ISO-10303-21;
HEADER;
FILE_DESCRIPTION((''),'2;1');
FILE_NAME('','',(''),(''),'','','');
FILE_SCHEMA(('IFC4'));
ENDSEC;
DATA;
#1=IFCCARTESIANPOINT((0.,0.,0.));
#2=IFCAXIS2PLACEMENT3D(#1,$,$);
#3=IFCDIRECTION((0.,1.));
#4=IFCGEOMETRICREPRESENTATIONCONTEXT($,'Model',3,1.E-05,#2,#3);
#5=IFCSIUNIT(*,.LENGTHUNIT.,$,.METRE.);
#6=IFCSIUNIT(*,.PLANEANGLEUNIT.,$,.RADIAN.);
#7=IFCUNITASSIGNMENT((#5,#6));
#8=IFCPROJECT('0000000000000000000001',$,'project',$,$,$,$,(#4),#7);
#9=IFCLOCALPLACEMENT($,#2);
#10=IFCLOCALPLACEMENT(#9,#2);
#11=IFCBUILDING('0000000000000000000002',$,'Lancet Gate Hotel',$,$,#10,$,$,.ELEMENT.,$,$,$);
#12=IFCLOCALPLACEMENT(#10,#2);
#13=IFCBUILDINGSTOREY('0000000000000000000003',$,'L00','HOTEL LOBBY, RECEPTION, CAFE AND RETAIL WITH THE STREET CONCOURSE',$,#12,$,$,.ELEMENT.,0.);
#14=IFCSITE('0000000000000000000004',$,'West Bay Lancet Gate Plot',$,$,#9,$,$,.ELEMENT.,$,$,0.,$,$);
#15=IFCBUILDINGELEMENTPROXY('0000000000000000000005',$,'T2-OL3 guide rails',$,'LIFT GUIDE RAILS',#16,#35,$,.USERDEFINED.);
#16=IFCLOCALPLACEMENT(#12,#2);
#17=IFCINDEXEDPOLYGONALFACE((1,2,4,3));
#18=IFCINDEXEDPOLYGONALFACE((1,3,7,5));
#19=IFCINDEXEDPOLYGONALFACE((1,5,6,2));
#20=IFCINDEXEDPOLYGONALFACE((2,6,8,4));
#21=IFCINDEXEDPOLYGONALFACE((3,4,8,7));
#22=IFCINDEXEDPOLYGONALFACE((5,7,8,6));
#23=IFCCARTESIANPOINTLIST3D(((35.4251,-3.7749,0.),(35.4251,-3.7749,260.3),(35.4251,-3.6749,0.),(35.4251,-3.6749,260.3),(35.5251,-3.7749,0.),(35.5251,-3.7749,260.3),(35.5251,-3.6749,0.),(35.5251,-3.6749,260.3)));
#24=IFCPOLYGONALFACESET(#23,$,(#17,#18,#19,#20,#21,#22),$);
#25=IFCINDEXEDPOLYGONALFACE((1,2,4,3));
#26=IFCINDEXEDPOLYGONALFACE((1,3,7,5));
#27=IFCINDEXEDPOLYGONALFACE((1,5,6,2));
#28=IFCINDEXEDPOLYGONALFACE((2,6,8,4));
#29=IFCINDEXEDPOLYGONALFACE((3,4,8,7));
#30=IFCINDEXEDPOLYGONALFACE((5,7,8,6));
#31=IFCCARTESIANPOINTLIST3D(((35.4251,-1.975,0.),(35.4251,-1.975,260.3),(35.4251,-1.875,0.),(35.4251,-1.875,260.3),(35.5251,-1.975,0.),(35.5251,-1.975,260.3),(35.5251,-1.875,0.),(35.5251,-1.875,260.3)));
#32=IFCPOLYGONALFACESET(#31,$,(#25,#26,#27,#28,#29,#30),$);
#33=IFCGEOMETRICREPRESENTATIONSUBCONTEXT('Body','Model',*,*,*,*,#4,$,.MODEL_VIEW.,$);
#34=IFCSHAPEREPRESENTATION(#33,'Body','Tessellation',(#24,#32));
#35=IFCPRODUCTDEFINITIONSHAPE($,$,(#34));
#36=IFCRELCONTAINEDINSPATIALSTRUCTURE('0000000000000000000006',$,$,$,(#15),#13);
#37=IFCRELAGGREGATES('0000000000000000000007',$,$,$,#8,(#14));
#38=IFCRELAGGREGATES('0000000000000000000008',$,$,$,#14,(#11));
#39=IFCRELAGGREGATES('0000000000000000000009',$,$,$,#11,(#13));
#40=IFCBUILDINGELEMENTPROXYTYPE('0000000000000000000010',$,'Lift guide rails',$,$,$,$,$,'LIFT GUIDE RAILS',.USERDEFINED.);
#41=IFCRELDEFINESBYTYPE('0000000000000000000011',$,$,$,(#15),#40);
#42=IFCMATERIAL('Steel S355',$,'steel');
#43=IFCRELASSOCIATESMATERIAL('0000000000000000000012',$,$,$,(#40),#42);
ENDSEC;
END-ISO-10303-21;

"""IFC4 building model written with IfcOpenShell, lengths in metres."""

from ifc_helpers import new_model, si_unit, direction, frame, origin, origin_2d, place, context, subcontext, project, spatial, rectangle, extrude, material, type_object, element, save


model = new_model("IFC4")

# Units and contexts
model_context = context("Model", 3, precision=1e-05, world=origin(), true_north=direction((0.0, 1.0)))
body_context = subcontext(model_context, "Body", "Model", "MODEL_VIEW")
ifc_project = project(units=[si_unit("LENGTHUNIT", "METRE"), si_unit("PLANEANGLEUNIT", "RADIAN")], contexts=[model_context])

# Site, building, storey
site_placement = place(None, origin())
site = spatial("IfcSite", under=ifc_project, at=site_placement, Name="West Bay Lancet Gate Plot", CompositionType="ELEMENT", RefElevation=0.0)
building_placement = place(site_placement, origin())
building = spatial("IfcBuilding", under=site, at=building_placement, Name="Lancet Gate Hotel", CompositionType="ELEMENT")
storey_placement = place(building_placement, origin())
storey = spatial("IfcBuildingStorey", under=building, at=storey_placement, Name="L00", Description="HOTEL LOBBY, RECEPTION, CAFE AND RETAIL WITH THE STREET CONCOURSE", CompositionType="ELEMENT", Elevation=0.0)

# Building element proxy
ifc_material_1 = material(Name="Steel S355", Category="steel")
building_element_proxy_type = type_object("IfcBuildingElementProxyType", Name="Lift guide rails", ElementType="LIFT GUIDE RAILS", PredefinedType="USERDEFINED", material=ifc_material_1)
proxy_placement = place(storey_placement, frame((35.4751, -2.825, 0.0), z_axis=(0.0, 0.0, 1.0), x_axis=(1.0, 0.0, 0.0)))
element("IfcBuildingElementProxy", 1, at=proxy_placement, inside=storey, type_object=building_element_proxy_type, Name="T2-OL3 guide rails", ObjectType="LIFT GUIDE RAILS", PredefinedType="USERDEFINED", context=body_context, shape_type="SweptSolid", body=[
    extrude(rectangle(XDim=0.1, YDim=0.1, at=origin_2d()), frame((0.0, -0.8999, 0.0)), (0.0, 0.0, 1.0), 260.3),
    extrude(rectangle(XDim=0.1, YDim=0.1, at=origin_2d()), frame((0.0, 0.8999, 0.0)), (0.0, 0.0, 1.0), 260.3),
])

save(model, "model.ifc")
